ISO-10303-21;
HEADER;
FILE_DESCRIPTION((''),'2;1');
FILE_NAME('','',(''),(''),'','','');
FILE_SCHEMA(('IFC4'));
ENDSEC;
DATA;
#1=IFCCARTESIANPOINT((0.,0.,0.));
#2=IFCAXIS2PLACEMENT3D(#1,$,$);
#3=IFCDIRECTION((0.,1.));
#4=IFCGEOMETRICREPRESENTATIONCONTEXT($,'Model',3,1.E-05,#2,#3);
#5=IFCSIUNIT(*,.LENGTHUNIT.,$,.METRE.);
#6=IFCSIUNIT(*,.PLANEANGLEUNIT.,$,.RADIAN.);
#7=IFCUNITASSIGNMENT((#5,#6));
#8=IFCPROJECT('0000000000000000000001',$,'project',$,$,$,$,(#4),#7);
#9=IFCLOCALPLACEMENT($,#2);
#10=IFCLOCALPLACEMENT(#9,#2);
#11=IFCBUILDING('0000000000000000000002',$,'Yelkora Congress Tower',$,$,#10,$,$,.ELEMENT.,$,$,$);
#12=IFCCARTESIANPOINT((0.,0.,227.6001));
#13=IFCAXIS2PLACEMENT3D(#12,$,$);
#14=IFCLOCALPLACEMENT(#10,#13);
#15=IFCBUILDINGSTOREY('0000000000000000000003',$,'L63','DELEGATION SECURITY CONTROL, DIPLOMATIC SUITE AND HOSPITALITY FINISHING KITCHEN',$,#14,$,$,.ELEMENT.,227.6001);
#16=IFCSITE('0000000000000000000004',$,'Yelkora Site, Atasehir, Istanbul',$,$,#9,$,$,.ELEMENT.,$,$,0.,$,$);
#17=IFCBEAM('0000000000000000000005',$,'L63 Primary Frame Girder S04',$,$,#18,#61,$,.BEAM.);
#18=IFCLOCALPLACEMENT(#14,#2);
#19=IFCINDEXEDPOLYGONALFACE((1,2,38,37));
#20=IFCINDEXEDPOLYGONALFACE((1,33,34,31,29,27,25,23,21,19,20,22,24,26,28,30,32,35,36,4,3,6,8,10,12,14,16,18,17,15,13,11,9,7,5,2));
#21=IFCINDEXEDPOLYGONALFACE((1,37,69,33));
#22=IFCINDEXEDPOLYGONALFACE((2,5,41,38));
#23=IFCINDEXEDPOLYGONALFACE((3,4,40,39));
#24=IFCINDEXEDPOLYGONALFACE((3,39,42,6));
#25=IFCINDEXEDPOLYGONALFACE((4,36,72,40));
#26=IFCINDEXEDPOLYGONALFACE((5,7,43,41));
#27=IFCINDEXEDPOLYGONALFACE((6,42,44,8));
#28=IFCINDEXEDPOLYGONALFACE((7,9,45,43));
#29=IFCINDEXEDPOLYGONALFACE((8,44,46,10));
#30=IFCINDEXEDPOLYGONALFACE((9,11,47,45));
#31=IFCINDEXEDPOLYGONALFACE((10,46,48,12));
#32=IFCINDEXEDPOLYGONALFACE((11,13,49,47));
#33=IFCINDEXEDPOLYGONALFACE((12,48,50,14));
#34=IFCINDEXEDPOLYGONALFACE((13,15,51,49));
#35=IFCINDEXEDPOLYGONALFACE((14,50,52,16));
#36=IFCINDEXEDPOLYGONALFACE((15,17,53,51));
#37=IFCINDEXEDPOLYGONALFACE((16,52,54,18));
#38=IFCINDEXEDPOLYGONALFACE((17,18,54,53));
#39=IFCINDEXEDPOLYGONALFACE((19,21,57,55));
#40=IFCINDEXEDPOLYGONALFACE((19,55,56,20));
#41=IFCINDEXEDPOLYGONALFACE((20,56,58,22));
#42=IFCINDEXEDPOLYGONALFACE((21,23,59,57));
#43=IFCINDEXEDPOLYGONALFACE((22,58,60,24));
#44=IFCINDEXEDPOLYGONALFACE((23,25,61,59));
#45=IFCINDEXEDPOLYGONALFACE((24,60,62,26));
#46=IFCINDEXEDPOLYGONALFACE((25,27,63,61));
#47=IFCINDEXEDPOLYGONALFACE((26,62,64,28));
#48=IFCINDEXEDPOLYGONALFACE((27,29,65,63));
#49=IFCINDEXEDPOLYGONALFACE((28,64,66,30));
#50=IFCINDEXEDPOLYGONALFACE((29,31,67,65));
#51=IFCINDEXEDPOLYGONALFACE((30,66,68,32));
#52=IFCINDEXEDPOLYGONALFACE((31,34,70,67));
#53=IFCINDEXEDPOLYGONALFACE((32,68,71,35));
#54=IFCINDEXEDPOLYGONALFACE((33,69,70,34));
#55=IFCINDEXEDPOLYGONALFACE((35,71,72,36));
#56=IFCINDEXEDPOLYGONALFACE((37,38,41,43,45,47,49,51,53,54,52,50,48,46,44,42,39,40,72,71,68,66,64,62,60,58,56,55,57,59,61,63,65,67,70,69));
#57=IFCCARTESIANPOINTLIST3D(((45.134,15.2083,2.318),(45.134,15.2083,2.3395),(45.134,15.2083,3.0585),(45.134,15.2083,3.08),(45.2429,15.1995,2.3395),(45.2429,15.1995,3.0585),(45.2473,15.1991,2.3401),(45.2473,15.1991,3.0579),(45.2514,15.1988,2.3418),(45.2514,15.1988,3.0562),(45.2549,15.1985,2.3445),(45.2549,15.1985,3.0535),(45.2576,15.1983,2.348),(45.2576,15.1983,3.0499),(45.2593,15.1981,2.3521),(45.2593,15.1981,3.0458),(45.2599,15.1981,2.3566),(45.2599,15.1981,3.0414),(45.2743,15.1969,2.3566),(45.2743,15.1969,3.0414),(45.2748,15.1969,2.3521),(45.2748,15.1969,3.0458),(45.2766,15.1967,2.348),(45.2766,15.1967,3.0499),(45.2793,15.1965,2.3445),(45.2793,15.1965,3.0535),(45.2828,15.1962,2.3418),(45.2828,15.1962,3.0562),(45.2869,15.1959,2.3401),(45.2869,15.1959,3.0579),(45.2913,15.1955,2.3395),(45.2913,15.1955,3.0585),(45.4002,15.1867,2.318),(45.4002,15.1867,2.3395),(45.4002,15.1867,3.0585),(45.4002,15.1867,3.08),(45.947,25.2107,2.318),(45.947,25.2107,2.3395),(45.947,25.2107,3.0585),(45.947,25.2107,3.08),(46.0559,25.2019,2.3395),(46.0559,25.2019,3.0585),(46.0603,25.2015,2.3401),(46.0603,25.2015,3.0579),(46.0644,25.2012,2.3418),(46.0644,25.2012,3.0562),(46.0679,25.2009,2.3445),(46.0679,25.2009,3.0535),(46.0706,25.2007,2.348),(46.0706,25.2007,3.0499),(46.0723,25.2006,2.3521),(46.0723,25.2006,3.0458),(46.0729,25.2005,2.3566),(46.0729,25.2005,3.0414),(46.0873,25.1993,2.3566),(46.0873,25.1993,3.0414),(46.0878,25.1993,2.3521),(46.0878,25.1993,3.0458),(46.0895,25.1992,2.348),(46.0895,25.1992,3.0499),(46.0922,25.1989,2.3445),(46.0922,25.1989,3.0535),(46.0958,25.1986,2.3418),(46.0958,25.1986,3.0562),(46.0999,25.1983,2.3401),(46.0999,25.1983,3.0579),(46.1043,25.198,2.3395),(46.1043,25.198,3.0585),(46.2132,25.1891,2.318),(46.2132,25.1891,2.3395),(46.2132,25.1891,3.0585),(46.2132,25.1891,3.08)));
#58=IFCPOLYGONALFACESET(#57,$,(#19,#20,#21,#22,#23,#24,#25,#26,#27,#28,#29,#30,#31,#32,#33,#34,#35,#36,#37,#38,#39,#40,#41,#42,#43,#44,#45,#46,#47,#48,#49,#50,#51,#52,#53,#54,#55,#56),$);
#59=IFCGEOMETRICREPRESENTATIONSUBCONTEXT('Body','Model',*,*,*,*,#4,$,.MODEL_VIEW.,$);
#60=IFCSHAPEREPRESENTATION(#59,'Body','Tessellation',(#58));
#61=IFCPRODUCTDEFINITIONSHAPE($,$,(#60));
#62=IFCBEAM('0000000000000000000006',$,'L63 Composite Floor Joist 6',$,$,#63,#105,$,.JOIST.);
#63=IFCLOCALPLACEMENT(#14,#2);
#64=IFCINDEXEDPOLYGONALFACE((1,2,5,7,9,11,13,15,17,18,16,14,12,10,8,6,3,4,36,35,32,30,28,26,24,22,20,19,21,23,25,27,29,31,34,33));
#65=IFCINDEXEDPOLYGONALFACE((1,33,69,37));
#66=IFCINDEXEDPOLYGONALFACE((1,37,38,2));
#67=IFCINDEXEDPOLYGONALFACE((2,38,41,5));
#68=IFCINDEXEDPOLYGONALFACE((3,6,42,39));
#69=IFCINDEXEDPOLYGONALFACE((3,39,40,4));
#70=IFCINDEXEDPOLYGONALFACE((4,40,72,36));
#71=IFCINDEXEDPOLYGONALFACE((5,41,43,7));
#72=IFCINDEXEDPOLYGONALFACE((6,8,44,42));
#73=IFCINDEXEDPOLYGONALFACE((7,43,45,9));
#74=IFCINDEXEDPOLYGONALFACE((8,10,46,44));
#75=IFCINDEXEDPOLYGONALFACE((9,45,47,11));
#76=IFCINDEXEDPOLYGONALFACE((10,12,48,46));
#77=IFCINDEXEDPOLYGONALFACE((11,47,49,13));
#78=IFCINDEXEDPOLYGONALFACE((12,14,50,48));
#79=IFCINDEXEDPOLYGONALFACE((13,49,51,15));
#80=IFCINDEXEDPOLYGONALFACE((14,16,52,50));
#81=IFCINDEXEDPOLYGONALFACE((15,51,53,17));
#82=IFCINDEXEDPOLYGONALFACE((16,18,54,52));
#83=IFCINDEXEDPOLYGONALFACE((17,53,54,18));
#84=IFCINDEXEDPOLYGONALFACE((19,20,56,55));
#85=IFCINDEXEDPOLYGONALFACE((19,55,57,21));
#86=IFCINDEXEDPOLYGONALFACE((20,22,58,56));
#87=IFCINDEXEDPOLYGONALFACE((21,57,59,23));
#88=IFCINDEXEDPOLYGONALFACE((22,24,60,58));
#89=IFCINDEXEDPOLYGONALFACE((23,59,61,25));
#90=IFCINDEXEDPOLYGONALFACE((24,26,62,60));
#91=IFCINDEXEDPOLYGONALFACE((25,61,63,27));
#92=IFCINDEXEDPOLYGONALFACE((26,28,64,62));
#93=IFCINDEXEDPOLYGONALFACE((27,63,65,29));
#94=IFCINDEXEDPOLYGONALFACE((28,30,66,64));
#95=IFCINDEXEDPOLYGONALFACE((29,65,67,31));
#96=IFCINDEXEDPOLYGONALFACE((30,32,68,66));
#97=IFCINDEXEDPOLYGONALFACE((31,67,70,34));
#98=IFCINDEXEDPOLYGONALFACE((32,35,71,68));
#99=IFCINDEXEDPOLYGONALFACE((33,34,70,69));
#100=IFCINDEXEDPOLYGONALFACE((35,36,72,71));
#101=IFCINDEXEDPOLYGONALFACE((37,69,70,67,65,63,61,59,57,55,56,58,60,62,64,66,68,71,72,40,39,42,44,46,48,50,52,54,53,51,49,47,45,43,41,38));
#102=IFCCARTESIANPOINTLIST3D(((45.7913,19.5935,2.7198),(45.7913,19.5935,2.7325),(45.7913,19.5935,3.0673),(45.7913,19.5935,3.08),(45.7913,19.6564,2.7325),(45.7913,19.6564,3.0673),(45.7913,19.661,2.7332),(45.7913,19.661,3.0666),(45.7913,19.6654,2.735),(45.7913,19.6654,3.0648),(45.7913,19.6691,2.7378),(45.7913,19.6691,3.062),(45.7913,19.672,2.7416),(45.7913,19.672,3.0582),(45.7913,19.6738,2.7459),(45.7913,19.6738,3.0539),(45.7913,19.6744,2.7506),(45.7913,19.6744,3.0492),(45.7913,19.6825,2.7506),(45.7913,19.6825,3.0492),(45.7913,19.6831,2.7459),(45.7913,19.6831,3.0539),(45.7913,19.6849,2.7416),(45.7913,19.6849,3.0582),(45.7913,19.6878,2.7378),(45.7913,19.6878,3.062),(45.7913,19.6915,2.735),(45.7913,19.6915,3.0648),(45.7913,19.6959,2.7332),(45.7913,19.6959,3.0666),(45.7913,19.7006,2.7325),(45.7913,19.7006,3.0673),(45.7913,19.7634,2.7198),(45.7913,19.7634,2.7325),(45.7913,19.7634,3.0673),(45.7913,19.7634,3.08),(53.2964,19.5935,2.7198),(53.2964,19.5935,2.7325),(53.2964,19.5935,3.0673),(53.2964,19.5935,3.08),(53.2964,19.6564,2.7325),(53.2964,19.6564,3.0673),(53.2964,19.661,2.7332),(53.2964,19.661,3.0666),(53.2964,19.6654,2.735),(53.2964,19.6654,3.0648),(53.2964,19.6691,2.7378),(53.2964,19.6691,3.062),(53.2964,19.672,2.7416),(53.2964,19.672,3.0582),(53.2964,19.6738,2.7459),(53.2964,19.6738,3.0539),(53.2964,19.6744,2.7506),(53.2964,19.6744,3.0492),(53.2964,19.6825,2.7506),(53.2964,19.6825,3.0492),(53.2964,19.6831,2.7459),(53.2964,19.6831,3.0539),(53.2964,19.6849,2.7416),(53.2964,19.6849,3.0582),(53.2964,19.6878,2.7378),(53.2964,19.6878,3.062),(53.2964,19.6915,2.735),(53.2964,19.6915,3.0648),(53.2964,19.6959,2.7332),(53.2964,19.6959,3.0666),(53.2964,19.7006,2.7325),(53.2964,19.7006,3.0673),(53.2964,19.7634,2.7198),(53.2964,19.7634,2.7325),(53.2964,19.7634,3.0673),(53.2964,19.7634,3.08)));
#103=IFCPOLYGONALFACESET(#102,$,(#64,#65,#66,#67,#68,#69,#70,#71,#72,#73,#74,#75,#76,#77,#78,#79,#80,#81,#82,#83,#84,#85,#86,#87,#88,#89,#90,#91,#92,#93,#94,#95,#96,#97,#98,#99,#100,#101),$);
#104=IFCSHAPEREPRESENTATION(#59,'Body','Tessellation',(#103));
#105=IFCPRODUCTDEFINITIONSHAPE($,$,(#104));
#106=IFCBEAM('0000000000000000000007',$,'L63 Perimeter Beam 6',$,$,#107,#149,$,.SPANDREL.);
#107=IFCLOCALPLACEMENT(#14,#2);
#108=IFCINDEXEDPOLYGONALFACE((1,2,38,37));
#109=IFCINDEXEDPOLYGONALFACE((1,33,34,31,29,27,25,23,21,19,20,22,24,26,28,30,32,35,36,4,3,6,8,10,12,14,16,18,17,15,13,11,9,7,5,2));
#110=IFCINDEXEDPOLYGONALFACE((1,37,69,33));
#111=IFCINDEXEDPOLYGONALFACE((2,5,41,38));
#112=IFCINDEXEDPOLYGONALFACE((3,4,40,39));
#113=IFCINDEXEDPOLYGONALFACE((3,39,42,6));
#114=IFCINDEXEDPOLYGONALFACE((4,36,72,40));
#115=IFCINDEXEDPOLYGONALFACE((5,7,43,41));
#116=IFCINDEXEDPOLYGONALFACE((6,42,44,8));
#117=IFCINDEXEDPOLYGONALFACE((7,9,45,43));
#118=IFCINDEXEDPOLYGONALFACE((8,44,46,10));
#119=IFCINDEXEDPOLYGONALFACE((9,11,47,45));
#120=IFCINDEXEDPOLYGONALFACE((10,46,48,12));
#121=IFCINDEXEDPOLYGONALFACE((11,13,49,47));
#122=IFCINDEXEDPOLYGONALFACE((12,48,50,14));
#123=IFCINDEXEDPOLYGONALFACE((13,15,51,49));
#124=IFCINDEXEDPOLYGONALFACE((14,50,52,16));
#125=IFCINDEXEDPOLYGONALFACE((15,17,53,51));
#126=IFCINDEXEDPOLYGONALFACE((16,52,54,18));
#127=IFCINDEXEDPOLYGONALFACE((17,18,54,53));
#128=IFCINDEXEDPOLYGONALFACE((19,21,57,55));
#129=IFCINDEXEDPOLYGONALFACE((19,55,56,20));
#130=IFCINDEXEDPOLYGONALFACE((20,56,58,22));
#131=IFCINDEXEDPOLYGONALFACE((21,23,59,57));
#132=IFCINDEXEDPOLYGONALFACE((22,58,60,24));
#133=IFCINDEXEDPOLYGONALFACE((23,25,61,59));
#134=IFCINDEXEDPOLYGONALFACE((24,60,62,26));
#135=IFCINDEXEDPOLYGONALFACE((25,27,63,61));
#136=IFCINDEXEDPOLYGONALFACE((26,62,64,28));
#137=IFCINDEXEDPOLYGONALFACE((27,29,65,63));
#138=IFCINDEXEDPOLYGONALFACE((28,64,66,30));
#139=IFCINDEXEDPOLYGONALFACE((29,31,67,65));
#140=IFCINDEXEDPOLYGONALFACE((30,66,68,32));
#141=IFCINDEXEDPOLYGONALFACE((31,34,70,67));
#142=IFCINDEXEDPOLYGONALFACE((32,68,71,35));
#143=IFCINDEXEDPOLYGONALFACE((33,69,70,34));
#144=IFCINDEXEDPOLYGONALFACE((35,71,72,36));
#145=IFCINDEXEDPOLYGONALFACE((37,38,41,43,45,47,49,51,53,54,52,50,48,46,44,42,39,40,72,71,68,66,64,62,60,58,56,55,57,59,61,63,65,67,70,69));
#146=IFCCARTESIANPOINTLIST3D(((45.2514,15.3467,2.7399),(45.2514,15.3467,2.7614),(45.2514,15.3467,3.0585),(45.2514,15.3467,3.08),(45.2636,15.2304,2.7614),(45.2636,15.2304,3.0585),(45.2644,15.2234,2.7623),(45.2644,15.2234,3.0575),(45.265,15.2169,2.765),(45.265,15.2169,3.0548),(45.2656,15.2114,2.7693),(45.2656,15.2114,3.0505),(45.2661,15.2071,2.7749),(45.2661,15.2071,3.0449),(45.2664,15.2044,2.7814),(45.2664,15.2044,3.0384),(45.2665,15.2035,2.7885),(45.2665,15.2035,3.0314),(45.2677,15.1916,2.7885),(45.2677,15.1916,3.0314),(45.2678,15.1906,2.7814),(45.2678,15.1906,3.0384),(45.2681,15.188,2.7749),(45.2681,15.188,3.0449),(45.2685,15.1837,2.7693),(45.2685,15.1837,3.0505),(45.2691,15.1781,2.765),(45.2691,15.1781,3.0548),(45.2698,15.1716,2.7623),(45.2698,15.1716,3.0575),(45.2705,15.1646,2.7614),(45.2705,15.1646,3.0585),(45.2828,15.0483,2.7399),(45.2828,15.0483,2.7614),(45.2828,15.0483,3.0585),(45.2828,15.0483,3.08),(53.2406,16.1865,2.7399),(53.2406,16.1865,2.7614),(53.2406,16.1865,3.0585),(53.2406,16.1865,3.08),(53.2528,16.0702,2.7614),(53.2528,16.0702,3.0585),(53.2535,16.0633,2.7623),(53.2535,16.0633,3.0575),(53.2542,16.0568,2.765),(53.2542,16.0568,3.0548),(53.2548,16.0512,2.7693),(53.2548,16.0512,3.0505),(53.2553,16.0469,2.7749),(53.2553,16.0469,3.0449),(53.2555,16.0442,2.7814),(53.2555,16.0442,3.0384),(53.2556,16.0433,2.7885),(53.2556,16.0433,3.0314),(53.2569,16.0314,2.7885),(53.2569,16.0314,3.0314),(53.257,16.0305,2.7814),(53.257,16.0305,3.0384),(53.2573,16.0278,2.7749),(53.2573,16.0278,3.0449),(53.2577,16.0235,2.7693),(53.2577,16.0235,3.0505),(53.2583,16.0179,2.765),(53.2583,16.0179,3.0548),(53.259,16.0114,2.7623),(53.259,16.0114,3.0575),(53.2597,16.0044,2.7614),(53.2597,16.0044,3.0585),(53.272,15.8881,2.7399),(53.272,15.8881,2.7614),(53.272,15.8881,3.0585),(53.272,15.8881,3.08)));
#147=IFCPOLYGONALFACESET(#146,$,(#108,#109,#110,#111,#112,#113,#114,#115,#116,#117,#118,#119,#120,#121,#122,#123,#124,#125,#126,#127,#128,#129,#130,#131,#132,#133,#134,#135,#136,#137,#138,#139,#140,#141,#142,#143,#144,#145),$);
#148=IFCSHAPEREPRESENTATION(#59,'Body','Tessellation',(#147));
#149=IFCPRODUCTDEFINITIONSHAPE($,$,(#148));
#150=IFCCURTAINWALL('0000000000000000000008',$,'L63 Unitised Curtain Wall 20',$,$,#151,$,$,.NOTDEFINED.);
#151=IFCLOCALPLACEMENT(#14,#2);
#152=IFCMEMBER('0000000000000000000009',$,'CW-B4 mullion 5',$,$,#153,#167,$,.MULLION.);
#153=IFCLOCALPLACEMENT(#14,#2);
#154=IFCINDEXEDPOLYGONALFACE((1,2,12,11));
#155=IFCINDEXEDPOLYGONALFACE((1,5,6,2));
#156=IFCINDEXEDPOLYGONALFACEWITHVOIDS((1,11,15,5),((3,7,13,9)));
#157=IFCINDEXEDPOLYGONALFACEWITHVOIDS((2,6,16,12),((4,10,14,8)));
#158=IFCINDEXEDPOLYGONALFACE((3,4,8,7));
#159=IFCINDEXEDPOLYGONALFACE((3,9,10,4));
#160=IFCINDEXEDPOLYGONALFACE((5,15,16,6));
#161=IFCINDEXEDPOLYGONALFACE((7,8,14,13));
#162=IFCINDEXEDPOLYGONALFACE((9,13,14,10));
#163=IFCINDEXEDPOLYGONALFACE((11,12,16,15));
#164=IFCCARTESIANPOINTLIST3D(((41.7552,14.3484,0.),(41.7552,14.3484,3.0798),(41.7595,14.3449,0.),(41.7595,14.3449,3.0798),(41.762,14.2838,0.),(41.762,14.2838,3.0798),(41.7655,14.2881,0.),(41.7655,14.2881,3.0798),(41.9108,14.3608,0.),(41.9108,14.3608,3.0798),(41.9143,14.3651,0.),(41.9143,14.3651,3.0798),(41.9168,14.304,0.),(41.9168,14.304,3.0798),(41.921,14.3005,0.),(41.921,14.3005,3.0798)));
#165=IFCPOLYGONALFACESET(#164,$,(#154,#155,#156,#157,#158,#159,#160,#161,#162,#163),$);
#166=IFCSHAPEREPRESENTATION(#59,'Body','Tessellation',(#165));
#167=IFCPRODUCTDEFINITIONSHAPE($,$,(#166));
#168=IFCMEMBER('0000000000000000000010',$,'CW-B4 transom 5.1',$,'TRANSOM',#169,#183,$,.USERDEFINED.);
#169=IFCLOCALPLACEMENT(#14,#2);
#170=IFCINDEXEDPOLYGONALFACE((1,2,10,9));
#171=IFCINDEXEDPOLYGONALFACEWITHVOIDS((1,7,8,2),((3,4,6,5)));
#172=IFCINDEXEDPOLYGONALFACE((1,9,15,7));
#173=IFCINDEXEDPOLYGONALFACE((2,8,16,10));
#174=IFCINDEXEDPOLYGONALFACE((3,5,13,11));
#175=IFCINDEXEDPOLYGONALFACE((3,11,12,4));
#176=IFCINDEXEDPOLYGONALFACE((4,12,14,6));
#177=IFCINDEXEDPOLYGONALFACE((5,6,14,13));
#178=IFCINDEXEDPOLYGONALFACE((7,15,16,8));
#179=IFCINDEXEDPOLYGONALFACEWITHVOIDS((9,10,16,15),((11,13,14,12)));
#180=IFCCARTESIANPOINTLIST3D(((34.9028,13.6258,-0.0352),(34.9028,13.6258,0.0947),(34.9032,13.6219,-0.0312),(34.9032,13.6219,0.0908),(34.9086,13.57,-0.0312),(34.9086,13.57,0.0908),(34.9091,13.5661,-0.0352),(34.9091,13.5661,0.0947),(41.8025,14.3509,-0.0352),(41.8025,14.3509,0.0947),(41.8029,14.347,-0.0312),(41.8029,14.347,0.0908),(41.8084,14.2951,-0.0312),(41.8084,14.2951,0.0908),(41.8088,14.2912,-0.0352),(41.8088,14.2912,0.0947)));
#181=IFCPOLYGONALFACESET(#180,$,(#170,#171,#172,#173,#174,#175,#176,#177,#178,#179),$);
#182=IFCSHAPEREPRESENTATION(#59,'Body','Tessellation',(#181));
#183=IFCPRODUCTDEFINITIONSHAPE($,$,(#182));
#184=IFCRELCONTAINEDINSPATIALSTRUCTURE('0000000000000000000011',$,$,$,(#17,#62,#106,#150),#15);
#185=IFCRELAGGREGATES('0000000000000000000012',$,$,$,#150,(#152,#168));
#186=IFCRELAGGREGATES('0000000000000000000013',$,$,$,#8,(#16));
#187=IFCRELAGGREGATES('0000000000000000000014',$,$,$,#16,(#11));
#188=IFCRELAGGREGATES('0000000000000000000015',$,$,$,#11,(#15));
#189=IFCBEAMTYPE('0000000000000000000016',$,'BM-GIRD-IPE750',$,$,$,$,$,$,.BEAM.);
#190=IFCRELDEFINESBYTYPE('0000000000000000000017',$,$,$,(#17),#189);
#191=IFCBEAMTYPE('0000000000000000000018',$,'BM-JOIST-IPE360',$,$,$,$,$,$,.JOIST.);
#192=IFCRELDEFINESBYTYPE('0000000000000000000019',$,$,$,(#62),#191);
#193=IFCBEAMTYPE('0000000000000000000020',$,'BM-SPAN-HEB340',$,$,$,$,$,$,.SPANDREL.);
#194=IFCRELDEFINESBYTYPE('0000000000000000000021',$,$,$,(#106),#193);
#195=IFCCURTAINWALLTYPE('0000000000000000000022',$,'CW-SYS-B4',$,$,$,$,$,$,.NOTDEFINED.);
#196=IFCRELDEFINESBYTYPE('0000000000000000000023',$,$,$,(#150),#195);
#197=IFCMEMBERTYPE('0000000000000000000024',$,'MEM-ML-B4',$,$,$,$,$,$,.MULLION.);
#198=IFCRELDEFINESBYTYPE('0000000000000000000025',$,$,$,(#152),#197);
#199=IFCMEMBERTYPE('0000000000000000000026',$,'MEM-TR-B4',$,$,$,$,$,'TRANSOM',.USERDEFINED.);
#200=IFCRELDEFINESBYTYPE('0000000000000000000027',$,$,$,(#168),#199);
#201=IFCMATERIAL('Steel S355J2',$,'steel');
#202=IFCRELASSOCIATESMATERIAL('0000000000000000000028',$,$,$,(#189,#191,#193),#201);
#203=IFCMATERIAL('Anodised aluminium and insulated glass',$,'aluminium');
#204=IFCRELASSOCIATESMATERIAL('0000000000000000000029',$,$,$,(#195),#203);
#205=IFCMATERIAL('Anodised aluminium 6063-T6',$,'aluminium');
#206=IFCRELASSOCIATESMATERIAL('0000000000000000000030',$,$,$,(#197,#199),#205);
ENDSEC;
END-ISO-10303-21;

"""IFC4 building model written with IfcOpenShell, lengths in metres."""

from ifc_helpers import new_model, si_unit, direction, frame, origin, origin_2d, place, context, subcontext, project, spatial, hollow_rectangle, i_section, extrude, material, material_profile, profile_set, type_object, element, aggregate, save


model = new_model("IFC4")

# Units and contexts
model_context = context("Model", 3, precision=1e-05, world=origin(), true_north=direction((0.0, 1.0)))
body_context = subcontext(model_context, "Body", "Model", "MODEL_VIEW")
ifc_project = project(units=[si_unit("LENGTHUNIT", "METRE"), si_unit("PLANEANGLEUNIT", "RADIAN")], contexts=[model_context])

# Site, building, storey
site_placement = place(None, origin())
site = spatial("IfcSite", under=ifc_project, at=site_placement, Name="Yelkora Site, Atasehir, Istanbul", CompositionType="ELEMENT", RefElevation=0.0)
building_placement = place(site_placement, origin())
building = spatial("IfcBuilding", under=site, at=building_placement, Name="Yelkora Congress Tower", CompositionType="ELEMENT")
storey_placement = place(building_placement, frame((0.0, 0.0, 227.6001)))
storey = spatial("IfcBuildingStorey", under=building, at=storey_placement, Name="L63", Description="DELEGATION SECURITY CONTROL, DIPLOMATIC SUITE AND HOSPITALITY FINISHING KITCHEN", CompositionType="ELEMENT", Elevation=227.6001)

# Shared definitions
ifc_material_1 = material(Name="Steel S355J2", Category="steel")

# Beams
ifc_material_profile_1 = material_profile(ifc_material_1, i_section(OverallWidth=0.2671, OverallDepth=0.762, WebThickness=0.0144, FlangeThickness=0.0215, FilletRadius=0.0171, at=origin_2d()), Name="IPE 750x173")
ifc_profile_set_1 = profile_set([ifc_material_profile_1], Name="Steel S355J2")
beam_type_1 = type_object("IfcBeamType", Name="BM-GIRD-IPE750", PredefinedType="BEAM", material=ifc_profile_set_1)
beam_1_placement = place(storey_placement, frame((45.2671, 15.1975, 2.699), z_axis=(0.081012, 0.996713, 0.0), x_axis=(-0.996713, 0.081012, 0.0)))
element("IfcBeam", 1, at=beam_1_placement, inside=storey, type_object=beam_type_1, Name="L63 Primary Frame Girder S04", PredefinedType="BEAM", context=body_context, shape_type="SweptSolid", body=[
    extrude(i_section(OverallWidth=0.2671, OverallDepth=0.762, WebThickness=0.0144, FlangeThickness=0.0215, FilletRadius=0.0171, at=origin_2d()), origin(), (0.0, 0.0, 1.0), 10.0354),
])
ifc_material_profile_2 = material_profile(ifc_material_1, i_section(OverallWidth=0.1699, OverallDepth=0.3601, WebThickness=0.0081, FlangeThickness=0.0127, FilletRadius=0.0181, at=origin_2d()), Name="IPE 360")
ifc_profile_set_2 = profile_set([ifc_material_profile_2], Name="Steel S355J2")
beam_type_2 = type_object("IfcBeamType", Name="BM-JOIST-IPE360", PredefinedType="JOIST", material=ifc_profile_set_2)
beam_2_placement = place(storey_placement, frame((45.7913, 19.6785, 2.8999), z_axis=(1.0, 0.0, 0.0), x_axis=(0.0, 1.0, 0.0)))
element("IfcBeam", 2, at=beam_2_placement, inside=storey, type_object=beam_type_2, Name="L63 Composite Floor Joist 6", PredefinedType="JOIST", context=body_context, shape_type="SweptSolid", body=[
    extrude(i_section(OverallWidth=0.1699, OverallDepth=0.3601, WebThickness=0.0081, FlangeThickness=0.0127, FilletRadius=0.0181, at=origin_2d()), origin(), (0.0, 0.0, 1.0), 7.5051),
])
ifc_material_profile_3 = material_profile(ifc_material_1, i_section(OverallWidth=0.3, OverallDepth=0.3401, WebThickness=0.012, FlangeThickness=0.0215, FilletRadius=0.0271, at=origin_2d()), Name="HEB 340")
ifc_profile_set_3 = profile_set([ifc_material_profile_3], Name="Steel S355J2")
beam_type_3 = type_object("IfcBeamType", Name="BM-SPAN-HEB340", PredefinedType="SPANDREL", material=ifc_profile_set_3)
beam_3_placement = place(storey_placement, frame((45.2671, 15.1975, 2.9099), z_axis=(0.99452, 0.104546, 0.0), x_axis=(-0.104546, 0.99452, 0.0)))
element("IfcBeam", 3, at=beam_3_placement, inside=storey, type_object=beam_type_3, Name="L63 Perimeter Beam 6", PredefinedType="SPANDREL", context=body_context, shape_type="SweptSolid", body=[
    extrude(i_section(OverallWidth=0.3, OverallDepth=0.3401, WebThickness=0.012, FlangeThickness=0.0215, FilletRadius=0.0271, at=origin_2d()), origin(), (0.0, 0.0, 1.0), 8.0332),
])

# Curtain wall, members
ifc_material_2 = material(Name="Anodised aluminium and insulated glass", Category="aluminium")
curtain_wall_type = type_object("IfcCurtainWallType", Name="CW-SYS-B4", PredefinedType="NOTDEFINED", material=ifc_material_2)
curtain_wall_placement = place(storey_placement, origin())
curtain_wall = element("IfcCurtainWall", 4, at=curtain_wall_placement, inside=storey, type_object=curtain_wall_type, Name="L63 Unitised Curtain Wall 20", PredefinedType="NOTDEFINED")
ifc_material_3 = material(Name="Anodised aluminium 6063-T6", Category="aluminium")
ifc_material_profile_4 = material_profile(ifc_material_3, hollow_rectangle(XDim=0.0649, YDim=0.1599, WallThickness=0.0039, at=origin_2d()), Name="ALU 65x160x4")
ifc_profile_set_4 = profile_set([ifc_material_profile_4], Name="Anodised aluminium 6063-T6")
member_type_1 = type_object("IfcMemberType", Name="MEM-ML-B4", PredefinedType="MULLION", material=ifc_profile_set_4)
member_1_placement = place(storey_placement, frame((41.8381, 14.3245, 0.0), z_axis=(0.0, 0.0, 1.0), x_axis=(0.104527, -0.994522, 0.0)))
member_1 = element("IfcMember", 5, at=member_1_placement, type_object=member_type_1, Name="CW-B4 mullion 5", PredefinedType="MULLION", context=body_context, shape_type="SweptSolid", body=[
    extrude(hollow_rectangle(XDim=0.0649, YDim=0.1599, WallThickness=0.0039, at=origin_2d()), origin(), (0.0, 0.0, 1.0), 3.0798),
])
ifc_material_profile_5 = material_profile(ifc_material_3, hollow_rectangle(XDim=0.0601, YDim=0.1299, WallThickness=0.0039, at=origin_2d()), Name="ALU 60x130x4")
ifc_profile_set_5 = profile_set([ifc_material_profile_5], Name="Anodised aluminium 6063-T6")
member_type_2 = type_object("IfcMemberType", Name="MEM-TR-B4", ElementType="TRANSOM", PredefinedType="USERDEFINED", material=ifc_profile_set_5)
member_2_placement = place(storey_placement, frame((41.8057, 14.321, 0.0298), z_axis=(-0.994523, -0.104516, 0.0), x_axis=(0.104516, -0.994523, 0.0)))
member_2 = element("IfcMember", 6, at=member_2_placement, type_object=member_type_2, Name="CW-B4 transom 5.1", ObjectType="TRANSOM", PredefinedType="USERDEFINED", context=body_context, shape_type="SweptSolid", body=[
    extrude(hollow_rectangle(XDim=0.0601, YDim=0.1299, WallThickness=0.0039, at=origin_2d()), origin(), (0.0, 0.0, 1.0), 6.9377),
])
aggregate(curtain_wall, [member_1, member_2])

save(model, "model.ifc")
